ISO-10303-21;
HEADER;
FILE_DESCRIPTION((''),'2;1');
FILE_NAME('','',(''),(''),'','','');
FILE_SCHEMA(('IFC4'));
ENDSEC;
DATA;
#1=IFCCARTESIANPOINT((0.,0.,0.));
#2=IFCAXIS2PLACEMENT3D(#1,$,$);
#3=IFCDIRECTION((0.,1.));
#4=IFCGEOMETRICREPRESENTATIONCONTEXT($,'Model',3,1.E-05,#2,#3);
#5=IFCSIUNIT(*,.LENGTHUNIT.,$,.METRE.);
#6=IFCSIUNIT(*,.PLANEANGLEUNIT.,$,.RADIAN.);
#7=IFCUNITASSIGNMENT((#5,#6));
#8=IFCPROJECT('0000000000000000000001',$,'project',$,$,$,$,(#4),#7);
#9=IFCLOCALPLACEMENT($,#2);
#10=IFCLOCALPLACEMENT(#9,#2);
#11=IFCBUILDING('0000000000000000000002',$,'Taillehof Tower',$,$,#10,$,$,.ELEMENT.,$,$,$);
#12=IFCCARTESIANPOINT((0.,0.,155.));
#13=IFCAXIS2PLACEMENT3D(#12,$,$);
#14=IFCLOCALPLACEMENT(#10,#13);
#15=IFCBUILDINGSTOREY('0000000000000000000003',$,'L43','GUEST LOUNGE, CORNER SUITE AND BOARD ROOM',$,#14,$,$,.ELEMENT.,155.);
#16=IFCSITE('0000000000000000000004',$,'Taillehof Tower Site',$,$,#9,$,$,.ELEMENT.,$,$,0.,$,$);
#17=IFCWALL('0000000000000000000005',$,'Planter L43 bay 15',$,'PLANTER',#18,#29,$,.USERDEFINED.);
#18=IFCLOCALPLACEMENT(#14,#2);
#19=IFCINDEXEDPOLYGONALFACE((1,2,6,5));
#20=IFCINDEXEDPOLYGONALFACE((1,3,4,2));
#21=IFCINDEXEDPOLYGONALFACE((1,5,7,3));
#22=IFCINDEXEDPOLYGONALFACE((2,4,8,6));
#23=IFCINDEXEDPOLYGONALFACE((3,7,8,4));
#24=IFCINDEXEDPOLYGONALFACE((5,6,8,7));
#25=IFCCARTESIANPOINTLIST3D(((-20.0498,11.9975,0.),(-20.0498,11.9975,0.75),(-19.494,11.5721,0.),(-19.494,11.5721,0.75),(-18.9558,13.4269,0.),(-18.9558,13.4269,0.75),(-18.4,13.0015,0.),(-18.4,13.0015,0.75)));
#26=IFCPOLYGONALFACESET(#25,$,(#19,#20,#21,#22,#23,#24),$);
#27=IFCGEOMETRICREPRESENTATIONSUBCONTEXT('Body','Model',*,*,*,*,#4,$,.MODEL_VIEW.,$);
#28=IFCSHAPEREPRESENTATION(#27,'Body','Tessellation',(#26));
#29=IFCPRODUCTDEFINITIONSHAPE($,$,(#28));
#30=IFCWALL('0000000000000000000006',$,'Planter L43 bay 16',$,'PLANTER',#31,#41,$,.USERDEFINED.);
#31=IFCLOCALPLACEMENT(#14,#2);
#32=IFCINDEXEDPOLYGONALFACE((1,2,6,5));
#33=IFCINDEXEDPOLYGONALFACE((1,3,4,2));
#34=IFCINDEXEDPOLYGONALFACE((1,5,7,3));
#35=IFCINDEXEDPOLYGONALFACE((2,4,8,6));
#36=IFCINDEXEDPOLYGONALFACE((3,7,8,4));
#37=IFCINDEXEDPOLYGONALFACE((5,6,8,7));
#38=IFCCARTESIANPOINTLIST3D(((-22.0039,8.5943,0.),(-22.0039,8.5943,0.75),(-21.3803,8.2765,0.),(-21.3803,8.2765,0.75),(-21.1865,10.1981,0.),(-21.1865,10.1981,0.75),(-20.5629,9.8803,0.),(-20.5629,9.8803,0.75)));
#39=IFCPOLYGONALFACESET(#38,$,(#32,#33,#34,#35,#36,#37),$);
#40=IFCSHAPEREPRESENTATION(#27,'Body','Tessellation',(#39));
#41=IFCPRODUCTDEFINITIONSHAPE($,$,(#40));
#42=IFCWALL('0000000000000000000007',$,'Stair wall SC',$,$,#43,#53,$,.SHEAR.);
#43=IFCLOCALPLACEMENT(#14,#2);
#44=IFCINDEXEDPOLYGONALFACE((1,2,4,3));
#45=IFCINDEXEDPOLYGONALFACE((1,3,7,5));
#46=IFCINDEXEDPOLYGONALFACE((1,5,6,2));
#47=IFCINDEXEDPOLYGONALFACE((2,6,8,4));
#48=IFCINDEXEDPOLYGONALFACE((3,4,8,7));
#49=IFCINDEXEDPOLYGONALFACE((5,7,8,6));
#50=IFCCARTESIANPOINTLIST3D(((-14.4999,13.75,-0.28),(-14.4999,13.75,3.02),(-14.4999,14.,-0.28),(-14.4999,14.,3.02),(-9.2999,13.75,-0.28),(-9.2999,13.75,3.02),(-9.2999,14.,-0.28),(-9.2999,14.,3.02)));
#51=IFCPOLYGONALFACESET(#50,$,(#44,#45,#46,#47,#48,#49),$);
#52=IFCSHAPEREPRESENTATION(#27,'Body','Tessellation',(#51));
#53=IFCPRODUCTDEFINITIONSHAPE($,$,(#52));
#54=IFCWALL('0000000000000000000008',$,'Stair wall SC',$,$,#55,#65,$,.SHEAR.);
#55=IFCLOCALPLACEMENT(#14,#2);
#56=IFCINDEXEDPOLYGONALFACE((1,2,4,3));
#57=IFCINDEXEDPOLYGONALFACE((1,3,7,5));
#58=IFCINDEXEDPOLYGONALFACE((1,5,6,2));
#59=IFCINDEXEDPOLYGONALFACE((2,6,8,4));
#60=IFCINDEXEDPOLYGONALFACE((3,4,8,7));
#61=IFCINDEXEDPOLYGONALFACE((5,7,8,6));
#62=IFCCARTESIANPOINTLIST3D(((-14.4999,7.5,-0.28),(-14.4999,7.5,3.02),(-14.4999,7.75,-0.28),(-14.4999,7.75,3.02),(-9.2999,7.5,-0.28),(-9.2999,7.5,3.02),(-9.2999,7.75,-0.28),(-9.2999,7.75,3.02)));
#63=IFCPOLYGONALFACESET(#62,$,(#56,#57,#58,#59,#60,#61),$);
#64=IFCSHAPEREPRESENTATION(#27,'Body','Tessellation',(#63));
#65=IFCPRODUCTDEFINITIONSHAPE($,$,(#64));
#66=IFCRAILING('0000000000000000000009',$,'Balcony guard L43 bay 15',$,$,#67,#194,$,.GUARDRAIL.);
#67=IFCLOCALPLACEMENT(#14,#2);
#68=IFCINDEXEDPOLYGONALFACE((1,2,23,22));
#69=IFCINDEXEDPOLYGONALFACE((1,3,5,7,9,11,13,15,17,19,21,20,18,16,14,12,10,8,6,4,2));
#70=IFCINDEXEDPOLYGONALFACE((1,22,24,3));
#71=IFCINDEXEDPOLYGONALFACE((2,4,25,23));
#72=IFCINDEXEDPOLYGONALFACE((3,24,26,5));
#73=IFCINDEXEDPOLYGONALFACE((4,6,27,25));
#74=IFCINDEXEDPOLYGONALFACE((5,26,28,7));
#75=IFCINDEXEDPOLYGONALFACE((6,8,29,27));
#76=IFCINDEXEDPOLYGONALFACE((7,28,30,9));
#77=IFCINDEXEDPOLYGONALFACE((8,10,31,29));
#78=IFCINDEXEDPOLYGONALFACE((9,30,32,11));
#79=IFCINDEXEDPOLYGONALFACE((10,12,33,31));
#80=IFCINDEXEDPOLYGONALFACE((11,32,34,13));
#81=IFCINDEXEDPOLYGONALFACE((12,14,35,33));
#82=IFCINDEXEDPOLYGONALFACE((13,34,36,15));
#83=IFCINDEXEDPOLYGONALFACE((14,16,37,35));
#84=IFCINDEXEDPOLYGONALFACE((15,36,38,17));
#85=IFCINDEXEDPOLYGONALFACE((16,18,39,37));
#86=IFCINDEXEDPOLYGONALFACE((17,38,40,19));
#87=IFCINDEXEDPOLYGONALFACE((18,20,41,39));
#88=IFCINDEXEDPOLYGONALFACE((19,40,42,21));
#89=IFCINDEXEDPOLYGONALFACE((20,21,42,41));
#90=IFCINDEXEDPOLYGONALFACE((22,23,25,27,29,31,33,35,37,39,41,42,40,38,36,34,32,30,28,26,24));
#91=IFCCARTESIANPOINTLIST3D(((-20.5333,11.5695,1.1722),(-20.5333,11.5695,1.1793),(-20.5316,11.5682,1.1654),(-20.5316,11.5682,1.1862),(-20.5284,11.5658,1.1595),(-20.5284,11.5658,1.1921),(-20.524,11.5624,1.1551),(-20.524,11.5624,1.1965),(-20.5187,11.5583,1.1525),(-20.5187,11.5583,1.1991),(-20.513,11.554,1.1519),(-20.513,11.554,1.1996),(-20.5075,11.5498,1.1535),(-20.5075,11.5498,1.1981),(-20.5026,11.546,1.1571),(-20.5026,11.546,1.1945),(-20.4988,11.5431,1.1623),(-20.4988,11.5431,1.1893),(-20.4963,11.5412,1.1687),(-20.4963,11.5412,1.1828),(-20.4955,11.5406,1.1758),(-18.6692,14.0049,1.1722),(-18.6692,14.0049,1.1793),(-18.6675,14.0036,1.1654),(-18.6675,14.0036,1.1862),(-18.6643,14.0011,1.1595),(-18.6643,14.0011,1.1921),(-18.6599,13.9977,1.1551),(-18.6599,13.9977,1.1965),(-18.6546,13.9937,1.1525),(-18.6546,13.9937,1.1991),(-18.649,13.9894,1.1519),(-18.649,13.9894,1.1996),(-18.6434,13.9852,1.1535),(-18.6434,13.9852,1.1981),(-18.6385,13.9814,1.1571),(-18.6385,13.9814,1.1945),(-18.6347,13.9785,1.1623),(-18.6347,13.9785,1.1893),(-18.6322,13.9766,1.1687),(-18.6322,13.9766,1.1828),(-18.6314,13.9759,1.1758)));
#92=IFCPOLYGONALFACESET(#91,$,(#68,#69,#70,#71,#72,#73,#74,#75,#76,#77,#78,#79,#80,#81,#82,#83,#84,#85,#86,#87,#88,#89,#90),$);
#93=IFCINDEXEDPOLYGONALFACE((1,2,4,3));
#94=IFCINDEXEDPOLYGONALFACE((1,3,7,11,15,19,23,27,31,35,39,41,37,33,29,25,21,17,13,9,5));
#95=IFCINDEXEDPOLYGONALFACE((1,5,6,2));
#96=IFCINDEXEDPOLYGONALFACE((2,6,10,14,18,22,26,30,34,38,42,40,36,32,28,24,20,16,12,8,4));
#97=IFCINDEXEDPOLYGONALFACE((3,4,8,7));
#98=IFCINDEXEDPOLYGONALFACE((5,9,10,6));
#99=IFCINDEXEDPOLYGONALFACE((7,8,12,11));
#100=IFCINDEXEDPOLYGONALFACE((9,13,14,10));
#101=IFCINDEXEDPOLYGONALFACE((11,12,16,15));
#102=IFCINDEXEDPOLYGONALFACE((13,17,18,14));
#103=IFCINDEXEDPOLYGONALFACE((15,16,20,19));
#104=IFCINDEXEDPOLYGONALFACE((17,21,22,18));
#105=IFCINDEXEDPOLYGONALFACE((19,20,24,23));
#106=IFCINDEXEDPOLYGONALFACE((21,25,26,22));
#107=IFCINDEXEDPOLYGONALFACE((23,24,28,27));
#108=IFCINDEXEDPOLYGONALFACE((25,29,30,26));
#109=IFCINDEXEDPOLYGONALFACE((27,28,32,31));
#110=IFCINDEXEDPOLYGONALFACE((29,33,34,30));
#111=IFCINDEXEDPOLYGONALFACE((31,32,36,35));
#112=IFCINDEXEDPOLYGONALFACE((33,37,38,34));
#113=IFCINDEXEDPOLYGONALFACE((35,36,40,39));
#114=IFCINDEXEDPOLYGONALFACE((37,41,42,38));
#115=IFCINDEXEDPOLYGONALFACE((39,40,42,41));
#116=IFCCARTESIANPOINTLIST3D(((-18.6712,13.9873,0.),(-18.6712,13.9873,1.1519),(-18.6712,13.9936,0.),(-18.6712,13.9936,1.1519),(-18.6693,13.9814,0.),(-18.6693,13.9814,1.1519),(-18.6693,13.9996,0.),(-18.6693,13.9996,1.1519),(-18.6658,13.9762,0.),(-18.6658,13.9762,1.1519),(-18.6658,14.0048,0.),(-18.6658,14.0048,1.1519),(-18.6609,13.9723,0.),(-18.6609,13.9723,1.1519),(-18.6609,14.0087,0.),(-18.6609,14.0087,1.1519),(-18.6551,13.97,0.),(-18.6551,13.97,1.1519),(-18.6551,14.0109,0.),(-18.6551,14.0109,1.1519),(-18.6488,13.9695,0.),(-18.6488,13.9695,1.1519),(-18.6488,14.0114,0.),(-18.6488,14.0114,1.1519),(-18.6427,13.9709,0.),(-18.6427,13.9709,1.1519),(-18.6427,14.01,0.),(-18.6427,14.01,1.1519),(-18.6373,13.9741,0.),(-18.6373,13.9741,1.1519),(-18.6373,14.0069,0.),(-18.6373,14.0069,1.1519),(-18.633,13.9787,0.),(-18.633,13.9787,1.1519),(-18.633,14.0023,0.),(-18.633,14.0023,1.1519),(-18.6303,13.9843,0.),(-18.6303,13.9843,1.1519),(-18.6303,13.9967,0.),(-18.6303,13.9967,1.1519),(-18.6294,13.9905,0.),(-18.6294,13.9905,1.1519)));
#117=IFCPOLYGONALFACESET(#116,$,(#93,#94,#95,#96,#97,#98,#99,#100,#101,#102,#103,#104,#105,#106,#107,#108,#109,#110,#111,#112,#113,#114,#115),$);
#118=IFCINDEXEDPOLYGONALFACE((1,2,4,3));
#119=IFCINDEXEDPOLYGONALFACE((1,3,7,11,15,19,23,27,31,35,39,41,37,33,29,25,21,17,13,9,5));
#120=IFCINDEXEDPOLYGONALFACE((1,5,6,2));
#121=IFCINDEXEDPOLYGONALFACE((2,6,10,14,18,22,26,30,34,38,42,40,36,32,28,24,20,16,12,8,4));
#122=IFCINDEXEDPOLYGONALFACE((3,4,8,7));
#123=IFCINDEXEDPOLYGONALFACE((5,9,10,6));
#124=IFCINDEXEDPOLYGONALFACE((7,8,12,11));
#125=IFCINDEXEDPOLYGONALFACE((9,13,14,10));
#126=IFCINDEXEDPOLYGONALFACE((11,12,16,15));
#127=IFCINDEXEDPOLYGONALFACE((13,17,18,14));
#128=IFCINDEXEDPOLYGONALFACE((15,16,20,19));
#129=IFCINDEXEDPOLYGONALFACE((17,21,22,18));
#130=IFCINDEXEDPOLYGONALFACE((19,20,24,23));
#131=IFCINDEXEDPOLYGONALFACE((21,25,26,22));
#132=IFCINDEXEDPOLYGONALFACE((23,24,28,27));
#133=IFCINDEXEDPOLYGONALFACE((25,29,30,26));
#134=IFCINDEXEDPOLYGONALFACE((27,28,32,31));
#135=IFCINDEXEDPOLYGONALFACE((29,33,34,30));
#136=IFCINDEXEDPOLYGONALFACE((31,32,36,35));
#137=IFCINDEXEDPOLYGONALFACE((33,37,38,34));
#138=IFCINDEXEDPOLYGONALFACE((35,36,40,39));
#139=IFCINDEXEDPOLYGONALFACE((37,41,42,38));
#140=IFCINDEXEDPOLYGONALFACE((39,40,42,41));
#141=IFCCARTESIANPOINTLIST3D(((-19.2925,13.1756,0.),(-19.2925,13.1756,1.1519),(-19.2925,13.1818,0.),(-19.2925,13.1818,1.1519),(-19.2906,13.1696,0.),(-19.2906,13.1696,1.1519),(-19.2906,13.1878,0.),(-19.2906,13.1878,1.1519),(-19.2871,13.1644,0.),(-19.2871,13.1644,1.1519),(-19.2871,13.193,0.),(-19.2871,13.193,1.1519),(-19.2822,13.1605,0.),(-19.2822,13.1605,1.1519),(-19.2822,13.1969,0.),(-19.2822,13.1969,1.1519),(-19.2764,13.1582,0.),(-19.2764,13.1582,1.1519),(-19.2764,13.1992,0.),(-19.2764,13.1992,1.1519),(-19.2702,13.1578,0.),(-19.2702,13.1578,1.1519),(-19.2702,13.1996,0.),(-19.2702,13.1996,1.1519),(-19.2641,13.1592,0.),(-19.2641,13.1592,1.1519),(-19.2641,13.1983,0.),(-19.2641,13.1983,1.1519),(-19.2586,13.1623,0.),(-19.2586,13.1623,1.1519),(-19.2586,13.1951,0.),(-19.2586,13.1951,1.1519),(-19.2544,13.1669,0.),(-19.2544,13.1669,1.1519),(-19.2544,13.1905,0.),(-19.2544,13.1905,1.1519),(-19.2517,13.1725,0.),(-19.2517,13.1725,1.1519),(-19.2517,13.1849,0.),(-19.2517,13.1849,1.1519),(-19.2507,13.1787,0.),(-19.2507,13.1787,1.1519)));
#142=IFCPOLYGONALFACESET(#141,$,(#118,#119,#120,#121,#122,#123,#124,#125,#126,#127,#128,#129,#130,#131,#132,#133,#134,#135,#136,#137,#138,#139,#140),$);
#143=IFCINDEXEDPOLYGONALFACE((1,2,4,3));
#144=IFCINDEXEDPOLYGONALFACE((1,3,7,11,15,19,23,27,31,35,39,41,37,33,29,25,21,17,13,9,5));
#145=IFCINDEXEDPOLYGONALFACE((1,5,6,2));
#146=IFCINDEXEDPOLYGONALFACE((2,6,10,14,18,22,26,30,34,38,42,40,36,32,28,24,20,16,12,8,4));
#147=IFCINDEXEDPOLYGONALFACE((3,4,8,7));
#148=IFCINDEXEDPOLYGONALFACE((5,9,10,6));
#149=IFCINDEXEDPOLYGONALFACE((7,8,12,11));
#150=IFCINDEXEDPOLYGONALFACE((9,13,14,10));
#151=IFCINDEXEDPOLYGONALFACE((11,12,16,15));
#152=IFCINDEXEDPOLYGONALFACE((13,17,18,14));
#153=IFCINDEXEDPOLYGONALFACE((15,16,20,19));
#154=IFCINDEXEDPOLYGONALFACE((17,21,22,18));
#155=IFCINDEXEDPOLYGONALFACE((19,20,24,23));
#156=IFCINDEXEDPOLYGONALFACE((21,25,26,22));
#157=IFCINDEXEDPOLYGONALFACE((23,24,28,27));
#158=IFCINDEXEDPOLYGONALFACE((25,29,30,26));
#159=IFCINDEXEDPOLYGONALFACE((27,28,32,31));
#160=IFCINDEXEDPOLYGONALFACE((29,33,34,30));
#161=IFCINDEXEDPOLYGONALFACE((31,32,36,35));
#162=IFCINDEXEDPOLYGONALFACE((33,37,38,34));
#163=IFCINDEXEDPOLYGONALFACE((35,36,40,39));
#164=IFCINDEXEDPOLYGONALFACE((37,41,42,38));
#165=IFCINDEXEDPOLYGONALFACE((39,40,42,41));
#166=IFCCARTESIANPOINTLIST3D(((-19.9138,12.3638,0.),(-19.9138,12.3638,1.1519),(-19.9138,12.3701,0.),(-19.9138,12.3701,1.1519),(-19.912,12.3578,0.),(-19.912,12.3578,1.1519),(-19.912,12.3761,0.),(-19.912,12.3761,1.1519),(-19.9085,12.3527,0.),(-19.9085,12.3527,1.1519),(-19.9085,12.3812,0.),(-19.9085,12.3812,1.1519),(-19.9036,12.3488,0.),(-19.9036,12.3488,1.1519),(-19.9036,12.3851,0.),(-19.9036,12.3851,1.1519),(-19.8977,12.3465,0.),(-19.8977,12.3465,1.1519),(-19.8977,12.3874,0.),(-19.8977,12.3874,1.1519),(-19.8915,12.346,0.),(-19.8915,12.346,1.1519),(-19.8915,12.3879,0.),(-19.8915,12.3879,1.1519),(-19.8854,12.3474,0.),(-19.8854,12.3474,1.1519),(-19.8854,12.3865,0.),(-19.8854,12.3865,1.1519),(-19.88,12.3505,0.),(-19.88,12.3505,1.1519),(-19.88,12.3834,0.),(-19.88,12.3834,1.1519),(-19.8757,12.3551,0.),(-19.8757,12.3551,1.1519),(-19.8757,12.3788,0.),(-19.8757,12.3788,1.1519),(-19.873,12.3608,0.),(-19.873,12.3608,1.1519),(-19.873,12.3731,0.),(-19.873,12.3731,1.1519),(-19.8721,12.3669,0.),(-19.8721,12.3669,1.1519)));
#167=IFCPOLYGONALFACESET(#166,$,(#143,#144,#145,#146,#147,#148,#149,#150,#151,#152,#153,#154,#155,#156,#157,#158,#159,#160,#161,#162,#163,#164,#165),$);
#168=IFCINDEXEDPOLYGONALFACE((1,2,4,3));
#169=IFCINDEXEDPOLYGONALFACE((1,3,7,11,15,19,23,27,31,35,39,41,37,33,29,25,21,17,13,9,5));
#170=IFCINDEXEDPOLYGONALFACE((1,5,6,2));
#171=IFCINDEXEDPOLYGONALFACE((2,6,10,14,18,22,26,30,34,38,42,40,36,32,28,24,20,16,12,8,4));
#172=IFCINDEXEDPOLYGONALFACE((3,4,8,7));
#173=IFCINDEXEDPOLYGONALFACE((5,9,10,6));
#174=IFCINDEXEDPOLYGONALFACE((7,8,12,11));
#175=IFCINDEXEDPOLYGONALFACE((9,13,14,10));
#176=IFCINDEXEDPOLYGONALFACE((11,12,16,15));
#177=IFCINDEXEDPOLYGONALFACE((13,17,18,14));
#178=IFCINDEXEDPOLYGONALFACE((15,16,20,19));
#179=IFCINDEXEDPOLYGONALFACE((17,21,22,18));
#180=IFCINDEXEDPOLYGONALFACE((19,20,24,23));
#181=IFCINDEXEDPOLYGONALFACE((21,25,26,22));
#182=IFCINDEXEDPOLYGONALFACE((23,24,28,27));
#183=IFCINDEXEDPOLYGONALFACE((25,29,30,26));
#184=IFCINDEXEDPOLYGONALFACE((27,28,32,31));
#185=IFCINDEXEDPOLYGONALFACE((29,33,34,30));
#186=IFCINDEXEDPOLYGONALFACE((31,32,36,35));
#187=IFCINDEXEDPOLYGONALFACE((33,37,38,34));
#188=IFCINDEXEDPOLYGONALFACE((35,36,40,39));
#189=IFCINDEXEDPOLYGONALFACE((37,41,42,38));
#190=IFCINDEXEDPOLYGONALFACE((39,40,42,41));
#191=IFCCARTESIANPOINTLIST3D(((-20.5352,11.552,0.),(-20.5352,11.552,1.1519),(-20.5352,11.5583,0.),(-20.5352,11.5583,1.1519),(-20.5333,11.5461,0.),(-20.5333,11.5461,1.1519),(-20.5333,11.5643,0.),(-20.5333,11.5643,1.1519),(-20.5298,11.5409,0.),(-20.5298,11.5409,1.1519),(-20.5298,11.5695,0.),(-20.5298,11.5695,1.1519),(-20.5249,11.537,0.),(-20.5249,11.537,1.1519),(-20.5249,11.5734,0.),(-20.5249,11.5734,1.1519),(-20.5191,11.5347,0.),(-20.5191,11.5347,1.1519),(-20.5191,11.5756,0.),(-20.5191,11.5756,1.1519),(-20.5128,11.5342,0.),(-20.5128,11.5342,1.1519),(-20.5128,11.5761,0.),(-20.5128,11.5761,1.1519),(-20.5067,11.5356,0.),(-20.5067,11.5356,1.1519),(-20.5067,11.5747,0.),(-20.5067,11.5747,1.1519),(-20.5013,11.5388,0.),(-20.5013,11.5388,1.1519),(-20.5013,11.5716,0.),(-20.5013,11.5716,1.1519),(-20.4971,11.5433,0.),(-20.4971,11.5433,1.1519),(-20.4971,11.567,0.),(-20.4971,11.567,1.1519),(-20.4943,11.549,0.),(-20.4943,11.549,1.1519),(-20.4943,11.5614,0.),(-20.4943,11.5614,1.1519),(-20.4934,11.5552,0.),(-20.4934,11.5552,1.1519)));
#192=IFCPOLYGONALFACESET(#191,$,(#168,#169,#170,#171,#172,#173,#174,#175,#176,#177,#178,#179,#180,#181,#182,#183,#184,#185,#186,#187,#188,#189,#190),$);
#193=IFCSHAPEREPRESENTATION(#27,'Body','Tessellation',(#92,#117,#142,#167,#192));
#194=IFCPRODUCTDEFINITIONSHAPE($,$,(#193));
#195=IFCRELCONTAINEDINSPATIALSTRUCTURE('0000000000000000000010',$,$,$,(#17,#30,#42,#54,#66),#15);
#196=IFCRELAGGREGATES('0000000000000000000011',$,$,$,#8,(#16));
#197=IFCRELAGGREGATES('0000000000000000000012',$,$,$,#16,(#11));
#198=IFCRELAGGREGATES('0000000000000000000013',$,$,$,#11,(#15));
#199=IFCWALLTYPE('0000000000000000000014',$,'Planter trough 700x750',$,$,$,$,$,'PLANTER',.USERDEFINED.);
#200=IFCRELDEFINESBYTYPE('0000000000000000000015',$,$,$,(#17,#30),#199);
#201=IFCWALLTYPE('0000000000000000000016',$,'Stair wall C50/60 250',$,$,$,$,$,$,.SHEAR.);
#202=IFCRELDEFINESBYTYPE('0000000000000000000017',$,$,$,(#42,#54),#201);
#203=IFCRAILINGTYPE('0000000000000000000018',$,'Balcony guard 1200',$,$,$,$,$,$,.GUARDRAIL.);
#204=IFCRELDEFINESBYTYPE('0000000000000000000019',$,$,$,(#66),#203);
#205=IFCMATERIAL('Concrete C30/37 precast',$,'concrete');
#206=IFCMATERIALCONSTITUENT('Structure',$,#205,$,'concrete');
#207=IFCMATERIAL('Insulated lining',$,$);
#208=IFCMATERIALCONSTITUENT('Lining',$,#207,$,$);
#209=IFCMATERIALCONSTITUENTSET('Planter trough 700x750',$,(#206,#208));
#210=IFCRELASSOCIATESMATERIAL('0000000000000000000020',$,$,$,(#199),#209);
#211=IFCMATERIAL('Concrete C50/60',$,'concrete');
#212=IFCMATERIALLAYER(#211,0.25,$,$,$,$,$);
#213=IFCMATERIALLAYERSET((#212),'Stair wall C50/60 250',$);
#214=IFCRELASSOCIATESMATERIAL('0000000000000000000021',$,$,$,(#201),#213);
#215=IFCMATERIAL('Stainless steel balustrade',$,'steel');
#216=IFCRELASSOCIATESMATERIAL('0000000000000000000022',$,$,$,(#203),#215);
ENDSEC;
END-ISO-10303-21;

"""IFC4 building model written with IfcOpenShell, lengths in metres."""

from ifc_helpers import new_model, si_unit, direction, frame, frame_2d, origin, origin_2d, place, context, subcontext, project, spatial, rectangle, circle, extrude, material, layer, layer_set, constituent, constituent_set, type_object, element, save


model = new_model("IFC4")

# Units and contexts
model_context = context("Model", 3, precision=1e-05, world=origin(), true_north=direction((0.0, 1.0)))
body_context = subcontext(model_context, "Body", "Model", "MODEL_VIEW")
ifc_project = project(units=[si_unit("LENGTHUNIT", "METRE"), si_unit("PLANEANGLEUNIT", "RADIAN")], contexts=[model_context])

# Site, building, storey
site_placement = place(None, origin())
site = spatial("IfcSite", under=ifc_project, at=site_placement, Name="Taillehof Tower Site", CompositionType="ELEMENT", RefElevation=0.0)
building_placement = place(site_placement, origin())
building = spatial("IfcBuilding", under=site, at=building_placement, Name="Taillehof Tower", CompositionType="ELEMENT")
storey_placement = place(building_placement, frame((0.0, 0.0, 155.0)))
storey = spatial("IfcBuildingStorey", under=building, at=storey_placement, Name="L43", Description="GUEST LOUNGE, CORNER SUITE AND BOARD ROOM", CompositionType="ELEMENT", Elevation=155.0)

# Walls
ifc_material_1 = material(Name="Concrete C30/37 precast", Category="concrete")
ifc_constituent_1 = constituent(ifc_material_1, Name="Structure", Category="concrete")
ifc_material_2 = material(Name="Insulated lining")
ifc_constituent_2 = constituent(ifc_material_2, Name="Lining")
ifc_constituent_set = constituent_set(constituents=[ifc_constituent_1, ifc_constituent_2], Name="Planter trough 700x750")
wall_type_1 = type_object("IfcWallType", Name="Planter trough 700x750", ElementType="PLANTER", PredefinedType="USERDEFINED", material=ifc_constituent_set)
for number, where, z_axis, x_axis, name in (
    (1, (-18.678, 13.2141, 0.0), (0.0, 0.0, 1.0), (-0.607762, -0.794119, 0.0), "Planter L43 bay 15"),
    (2, (-20.8748, 10.0391, 0.0), (0.0, 0.0, 1.0), (-0.45409, -0.890956, 0.0), "Planter L43 bay 16"),
):
    element("IfcWall", number, at=place(storey_placement, frame(where, z_axis=z_axis, x_axis=x_axis)), inside=storey, type_object=wall_type_1, Name=name, ObjectType="PLANTER", PredefinedType="USERDEFINED", context=body_context, shape_type="SweptSolid", body=[
        extrude(rectangle(XDim=1.8, YDim=0.7, at=frame_2d((0.8999, 0.0))), origin(), (0.0, 0.0, 1.0), 0.75),
    ])
ifc_material_3 = material(Name="Concrete C50/60", Category="concrete")
ifc_layer_1 = layer(ifc_material_3, 0.25)
ifc_layer_set_1 = layer_set([ifc_layer_1], Name="Stair wall C50/60 250")
wall_type_2 = type_object("IfcWallType", Name="Stair wall C50/60 250", PredefinedType="SHEAR", material=ifc_layer_set_1)
for number, where, z_axis, x_axis, name in (
    (3, (-14.5, 13.875, -0.28), (0.0, 0.0, 1.0), (1.0, 0.0, 0.0), "Stair wall SC"),
    (4, (-14.5, 7.625, -0.28), (0.0, 0.0, 1.0), (1.0, 0.0, 0.0), "Stair wall SC"),
):
    element("IfcWall", number, at=place(storey_placement, frame(where, z_axis=z_axis, x_axis=x_axis)), inside=storey, type_object=wall_type_2, Name=name, PredefinedType="SHEAR", context=body_context, shape_type="SweptSolid", body=[
        extrude(rectangle(XDim=5.2, YDim=0.25, at=frame_2d((2.6001, 0.0))), origin(), (0.0, 0.0, 1.0), 3.3),
    ])

# Railing
ifc_material_4 = material(Name="Stainless steel balustrade", Category="steel")
railing_type = type_object("IfcRailingType", Name="Balcony guard 1200", PredefinedType="GUARDRAIL", material=ifc_material_4)
railing_1_placement = place(storey_placement, frame((-18.6504, 13.9905, 0.0)))
element("IfcRailing", 5, at=railing_1_placement, inside=storey, type_object=railing_type, Name="Balcony guard L43 bay 15", PredefinedType="GUARDRAIL", context=body_context, shape_type="SweptSolid", body=[
    extrude(circle(Radius=0.0239, at=origin_2d()), frame((0.0, 0.0, 1.1758), z_axis=(-0.607805, -0.794087, 0.0), x_axis=(0.794087, -0.607805, 0.0)), (0.0, 0.0, 1.0), 3.0669),
    extrude(circle(Radius=0.021, at=origin_2d()), origin(), (0.0, 0.0, 1.0), 1.1519),
    extrude(circle(Radius=0.021, at=origin_2d()), frame((-0.6213, -0.8118, 0.0)), (0.0, 0.0, 1.0), 1.1519),
    extrude(circle(Radius=0.021, at=origin_2d()), frame((-1.2427, -1.6235, 0.0)), (0.0, 0.0, 1.0), 1.1519),
    extrude(circle(Radius=0.021, at=origin_2d()), frame((-1.864, -2.4353, 0.0)), (0.0, 0.0, 1.0), 1.1519),
])

save(model, "model.ifc")
